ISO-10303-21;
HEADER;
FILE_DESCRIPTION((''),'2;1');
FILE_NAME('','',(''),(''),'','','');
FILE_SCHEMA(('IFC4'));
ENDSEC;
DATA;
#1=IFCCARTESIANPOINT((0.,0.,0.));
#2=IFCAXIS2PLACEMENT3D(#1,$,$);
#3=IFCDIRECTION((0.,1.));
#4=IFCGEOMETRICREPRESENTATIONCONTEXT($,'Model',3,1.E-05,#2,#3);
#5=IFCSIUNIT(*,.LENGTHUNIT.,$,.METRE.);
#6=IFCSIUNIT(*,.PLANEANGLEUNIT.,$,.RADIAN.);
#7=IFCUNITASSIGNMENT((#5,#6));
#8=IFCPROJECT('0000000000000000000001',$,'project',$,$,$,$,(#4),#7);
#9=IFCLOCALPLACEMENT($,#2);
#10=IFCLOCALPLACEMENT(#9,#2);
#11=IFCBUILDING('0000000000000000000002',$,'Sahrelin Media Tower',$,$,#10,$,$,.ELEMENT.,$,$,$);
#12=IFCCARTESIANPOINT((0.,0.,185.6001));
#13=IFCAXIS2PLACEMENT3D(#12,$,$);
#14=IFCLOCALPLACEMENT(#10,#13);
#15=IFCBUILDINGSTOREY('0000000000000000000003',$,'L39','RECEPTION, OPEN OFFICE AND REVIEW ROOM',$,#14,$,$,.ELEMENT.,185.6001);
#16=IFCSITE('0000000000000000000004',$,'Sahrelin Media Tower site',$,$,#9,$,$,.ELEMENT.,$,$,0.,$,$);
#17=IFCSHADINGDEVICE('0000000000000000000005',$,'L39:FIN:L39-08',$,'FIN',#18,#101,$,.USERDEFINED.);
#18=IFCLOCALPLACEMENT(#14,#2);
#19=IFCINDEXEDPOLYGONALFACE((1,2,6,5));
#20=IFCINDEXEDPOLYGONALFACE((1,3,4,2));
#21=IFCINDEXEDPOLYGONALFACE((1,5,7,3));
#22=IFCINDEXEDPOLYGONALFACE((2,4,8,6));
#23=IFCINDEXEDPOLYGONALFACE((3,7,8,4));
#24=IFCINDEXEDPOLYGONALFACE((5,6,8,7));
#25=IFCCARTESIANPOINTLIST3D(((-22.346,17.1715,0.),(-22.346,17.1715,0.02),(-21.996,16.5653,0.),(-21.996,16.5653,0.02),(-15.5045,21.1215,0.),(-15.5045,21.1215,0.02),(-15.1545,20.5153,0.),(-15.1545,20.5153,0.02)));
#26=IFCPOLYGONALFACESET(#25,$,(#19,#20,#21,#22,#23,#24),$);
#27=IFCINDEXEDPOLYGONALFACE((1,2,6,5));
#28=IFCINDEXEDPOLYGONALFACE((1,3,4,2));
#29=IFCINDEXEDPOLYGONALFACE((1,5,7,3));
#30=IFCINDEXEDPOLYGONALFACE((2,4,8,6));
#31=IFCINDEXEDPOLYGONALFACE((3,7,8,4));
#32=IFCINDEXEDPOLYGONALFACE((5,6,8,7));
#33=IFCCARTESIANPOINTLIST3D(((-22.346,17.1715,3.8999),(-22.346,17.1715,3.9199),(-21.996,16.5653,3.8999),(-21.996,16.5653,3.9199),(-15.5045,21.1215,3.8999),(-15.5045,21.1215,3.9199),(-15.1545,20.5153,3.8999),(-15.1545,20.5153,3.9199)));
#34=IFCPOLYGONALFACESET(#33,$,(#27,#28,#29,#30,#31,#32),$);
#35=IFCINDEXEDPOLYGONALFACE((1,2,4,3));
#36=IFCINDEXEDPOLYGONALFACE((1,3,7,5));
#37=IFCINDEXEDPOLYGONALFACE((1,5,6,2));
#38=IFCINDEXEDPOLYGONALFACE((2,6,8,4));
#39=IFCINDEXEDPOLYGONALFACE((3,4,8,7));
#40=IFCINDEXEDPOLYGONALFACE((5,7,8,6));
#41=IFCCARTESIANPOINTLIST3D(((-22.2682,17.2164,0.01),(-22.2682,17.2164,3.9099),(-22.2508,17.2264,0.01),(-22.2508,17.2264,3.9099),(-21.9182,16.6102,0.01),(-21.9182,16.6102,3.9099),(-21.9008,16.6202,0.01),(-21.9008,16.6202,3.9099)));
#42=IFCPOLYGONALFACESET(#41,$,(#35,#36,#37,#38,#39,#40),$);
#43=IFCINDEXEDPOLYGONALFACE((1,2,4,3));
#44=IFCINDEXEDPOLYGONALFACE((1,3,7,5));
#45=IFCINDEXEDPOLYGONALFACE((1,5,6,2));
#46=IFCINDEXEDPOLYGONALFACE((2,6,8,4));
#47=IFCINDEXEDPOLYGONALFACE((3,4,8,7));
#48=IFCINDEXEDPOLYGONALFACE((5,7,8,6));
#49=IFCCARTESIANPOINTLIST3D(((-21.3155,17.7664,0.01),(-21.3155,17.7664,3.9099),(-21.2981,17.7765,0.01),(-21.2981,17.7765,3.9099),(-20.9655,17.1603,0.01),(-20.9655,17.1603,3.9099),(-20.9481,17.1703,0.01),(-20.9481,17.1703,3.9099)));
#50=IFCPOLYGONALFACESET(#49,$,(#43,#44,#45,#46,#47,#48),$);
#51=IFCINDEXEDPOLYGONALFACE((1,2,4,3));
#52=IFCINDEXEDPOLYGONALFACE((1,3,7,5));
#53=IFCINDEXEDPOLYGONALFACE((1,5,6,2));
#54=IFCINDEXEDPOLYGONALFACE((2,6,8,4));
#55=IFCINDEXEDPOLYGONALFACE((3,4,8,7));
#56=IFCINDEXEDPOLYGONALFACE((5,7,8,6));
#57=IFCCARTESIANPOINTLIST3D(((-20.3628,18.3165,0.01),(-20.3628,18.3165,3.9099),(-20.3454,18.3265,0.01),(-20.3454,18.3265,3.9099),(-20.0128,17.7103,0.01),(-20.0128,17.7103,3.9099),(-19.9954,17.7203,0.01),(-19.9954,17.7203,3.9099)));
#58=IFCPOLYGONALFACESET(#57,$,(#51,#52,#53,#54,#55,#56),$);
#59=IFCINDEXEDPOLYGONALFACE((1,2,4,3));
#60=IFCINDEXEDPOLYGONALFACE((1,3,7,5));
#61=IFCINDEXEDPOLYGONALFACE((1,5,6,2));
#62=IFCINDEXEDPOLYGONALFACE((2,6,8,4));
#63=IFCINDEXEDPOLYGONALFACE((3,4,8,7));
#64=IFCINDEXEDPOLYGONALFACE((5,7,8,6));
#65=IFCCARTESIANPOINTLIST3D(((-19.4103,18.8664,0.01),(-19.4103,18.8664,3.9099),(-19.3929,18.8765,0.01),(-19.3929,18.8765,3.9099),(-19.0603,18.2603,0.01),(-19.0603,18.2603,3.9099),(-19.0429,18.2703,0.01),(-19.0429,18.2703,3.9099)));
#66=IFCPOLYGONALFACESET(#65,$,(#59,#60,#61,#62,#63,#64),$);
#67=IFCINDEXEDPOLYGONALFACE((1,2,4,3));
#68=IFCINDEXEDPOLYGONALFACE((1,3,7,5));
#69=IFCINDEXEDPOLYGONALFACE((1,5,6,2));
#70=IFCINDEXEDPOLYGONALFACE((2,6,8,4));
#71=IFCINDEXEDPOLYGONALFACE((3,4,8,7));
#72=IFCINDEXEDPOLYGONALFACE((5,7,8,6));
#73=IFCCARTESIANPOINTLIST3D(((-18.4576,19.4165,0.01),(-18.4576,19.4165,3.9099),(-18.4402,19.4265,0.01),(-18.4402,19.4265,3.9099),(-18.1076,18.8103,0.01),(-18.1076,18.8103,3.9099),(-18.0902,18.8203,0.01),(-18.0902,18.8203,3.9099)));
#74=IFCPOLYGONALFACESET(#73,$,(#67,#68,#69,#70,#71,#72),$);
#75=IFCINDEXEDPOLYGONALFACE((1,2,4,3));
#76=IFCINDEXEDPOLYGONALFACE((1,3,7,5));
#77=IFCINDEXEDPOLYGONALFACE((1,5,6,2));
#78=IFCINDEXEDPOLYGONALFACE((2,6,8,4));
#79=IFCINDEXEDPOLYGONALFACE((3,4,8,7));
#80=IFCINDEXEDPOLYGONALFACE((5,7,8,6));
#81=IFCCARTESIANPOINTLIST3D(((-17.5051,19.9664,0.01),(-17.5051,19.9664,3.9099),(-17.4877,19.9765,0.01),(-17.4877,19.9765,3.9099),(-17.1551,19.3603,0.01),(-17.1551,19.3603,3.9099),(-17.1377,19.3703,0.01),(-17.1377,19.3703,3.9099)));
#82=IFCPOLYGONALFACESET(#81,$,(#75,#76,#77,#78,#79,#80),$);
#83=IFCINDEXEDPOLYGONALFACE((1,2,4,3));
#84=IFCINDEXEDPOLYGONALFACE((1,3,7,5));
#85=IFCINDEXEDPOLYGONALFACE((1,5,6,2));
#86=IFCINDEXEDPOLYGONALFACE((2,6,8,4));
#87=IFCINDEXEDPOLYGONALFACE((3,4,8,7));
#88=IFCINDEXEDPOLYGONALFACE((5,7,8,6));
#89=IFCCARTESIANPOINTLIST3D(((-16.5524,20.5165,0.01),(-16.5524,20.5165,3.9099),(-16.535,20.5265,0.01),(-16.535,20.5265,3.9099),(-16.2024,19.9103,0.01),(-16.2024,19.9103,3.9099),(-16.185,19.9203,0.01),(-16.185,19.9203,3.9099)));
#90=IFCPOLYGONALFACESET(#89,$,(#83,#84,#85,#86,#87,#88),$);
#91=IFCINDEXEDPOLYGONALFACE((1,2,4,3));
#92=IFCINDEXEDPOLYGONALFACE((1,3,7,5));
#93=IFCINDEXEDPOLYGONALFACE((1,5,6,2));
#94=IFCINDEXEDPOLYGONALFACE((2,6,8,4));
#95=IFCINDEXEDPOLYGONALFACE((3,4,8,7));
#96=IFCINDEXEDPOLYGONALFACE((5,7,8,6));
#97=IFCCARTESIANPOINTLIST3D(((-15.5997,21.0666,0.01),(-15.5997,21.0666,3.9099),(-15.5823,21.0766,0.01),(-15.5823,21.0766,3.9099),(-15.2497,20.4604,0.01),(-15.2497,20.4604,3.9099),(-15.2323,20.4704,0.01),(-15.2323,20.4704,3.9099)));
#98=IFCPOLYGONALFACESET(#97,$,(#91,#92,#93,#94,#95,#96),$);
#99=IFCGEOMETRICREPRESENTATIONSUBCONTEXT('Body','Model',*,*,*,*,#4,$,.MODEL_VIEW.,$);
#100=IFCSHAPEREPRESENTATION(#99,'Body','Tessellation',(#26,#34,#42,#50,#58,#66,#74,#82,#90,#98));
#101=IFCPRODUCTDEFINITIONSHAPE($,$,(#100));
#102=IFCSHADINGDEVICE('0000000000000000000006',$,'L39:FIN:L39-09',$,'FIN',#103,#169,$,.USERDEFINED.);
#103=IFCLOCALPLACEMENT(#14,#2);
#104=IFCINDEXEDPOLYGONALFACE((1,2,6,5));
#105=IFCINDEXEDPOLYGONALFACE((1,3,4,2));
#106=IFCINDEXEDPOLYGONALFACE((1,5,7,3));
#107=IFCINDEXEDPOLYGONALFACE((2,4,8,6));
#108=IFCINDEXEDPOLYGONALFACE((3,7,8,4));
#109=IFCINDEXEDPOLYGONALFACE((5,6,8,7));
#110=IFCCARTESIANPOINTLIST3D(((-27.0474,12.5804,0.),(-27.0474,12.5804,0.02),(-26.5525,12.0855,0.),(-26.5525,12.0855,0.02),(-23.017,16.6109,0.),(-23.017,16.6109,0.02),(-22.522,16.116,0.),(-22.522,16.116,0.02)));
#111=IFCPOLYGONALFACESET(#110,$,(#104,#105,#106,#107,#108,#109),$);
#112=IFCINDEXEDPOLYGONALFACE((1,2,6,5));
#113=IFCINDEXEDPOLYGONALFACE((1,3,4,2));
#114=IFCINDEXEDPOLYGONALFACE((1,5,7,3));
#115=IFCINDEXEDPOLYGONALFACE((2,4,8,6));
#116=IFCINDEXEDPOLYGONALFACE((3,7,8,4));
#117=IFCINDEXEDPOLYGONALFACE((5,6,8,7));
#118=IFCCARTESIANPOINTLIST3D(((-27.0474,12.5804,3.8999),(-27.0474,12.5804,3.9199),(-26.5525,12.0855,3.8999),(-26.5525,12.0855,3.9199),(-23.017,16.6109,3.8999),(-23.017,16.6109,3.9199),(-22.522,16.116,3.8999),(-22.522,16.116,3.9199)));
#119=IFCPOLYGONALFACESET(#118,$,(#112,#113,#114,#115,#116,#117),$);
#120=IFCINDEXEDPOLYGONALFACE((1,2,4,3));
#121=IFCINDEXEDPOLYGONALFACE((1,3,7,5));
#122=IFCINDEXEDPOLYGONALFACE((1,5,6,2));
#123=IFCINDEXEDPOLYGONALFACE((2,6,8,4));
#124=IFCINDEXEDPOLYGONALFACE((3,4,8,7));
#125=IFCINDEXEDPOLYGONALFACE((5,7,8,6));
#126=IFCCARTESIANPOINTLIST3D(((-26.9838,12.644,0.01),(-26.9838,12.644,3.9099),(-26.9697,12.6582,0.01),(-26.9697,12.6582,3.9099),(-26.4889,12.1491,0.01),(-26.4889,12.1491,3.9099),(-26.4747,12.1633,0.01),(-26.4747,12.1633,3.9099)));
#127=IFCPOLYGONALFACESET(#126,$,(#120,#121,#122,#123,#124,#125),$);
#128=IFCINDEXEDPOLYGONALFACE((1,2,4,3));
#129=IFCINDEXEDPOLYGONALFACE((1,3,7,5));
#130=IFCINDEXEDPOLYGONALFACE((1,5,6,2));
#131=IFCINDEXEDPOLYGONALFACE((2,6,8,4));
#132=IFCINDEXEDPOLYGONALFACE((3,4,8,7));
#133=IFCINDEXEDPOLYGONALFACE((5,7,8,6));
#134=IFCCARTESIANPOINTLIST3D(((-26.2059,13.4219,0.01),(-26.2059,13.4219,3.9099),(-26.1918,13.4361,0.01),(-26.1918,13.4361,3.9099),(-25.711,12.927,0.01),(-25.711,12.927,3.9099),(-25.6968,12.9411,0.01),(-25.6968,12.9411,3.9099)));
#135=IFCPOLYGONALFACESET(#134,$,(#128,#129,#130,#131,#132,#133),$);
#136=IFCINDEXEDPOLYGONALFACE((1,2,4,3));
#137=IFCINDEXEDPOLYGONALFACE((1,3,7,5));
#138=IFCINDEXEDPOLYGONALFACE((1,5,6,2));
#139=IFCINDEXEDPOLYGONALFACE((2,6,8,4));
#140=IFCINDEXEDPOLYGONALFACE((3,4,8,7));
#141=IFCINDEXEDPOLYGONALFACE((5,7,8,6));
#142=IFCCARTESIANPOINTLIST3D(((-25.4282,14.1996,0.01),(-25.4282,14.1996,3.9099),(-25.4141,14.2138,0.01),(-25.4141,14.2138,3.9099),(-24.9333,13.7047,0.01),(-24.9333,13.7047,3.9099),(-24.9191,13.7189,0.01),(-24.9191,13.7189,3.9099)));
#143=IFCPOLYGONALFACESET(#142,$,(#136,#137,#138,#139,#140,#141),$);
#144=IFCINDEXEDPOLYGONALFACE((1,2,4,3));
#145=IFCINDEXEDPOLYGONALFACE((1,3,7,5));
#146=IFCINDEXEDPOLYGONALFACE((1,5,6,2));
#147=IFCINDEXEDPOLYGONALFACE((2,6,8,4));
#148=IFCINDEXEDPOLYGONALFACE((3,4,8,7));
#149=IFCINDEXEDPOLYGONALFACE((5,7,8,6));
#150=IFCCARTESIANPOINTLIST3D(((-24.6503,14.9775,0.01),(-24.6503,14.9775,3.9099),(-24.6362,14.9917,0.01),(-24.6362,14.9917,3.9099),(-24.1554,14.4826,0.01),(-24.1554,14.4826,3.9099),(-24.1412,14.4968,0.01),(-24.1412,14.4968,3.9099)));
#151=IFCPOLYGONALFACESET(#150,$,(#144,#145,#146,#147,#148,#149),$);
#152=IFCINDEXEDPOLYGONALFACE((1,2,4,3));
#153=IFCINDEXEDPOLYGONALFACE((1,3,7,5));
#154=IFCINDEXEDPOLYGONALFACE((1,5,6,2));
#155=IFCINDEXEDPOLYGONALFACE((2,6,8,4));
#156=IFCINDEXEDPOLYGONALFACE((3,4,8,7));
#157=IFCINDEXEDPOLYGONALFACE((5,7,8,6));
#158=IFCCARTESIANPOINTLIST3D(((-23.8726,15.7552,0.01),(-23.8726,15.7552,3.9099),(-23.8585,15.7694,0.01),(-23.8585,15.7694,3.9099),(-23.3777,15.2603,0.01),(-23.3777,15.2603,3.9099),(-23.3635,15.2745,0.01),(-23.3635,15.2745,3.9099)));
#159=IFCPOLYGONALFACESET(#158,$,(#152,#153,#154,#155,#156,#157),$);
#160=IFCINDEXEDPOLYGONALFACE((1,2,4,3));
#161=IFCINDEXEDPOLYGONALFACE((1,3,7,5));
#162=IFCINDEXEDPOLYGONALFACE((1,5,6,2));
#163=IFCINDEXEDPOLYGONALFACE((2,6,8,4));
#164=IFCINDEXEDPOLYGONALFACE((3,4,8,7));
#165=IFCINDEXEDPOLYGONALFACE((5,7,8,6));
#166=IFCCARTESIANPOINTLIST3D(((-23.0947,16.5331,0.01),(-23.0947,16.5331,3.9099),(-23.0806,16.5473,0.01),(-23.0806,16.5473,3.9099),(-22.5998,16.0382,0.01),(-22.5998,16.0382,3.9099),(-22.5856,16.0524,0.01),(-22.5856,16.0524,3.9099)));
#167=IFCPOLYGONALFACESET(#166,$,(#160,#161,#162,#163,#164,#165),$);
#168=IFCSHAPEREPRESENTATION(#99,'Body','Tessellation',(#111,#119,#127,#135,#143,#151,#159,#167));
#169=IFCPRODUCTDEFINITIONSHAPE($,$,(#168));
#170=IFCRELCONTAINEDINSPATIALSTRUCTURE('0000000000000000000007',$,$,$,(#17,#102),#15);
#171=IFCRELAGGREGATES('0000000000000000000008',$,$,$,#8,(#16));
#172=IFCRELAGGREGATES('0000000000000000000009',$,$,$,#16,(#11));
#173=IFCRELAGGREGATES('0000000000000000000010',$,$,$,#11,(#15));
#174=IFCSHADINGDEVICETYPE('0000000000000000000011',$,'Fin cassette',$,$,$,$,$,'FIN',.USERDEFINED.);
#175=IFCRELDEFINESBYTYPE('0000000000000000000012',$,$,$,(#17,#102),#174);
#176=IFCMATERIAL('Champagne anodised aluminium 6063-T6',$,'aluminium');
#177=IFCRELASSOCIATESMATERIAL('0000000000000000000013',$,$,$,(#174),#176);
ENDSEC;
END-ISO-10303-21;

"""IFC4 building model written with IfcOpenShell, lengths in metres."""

from ifc_helpers import new_model, si_unit, direction, frame, origin, origin_2d, place, context, subcontext, project, spatial, rectangle, extrude, material, type_object, element, save


model = new_model("IFC4")

# Units and contexts
model_context = context("Model", 3, precision=1e-05, world=origin(), true_north=direction((0.0, 1.0)))
body_context = subcontext(model_context, "Body", "Model", "MODEL_VIEW")
ifc_project = project(units=[si_unit("LENGTHUNIT", "METRE"), si_unit("PLANEANGLEUNIT", "RADIAN")], contexts=[model_context])

# Site, building, storey
site_placement = place(None, origin())
site = spatial("IfcSite", under=ifc_project, at=site_placement, Name="Sahrelin Media Tower site", CompositionType="ELEMENT", RefElevation=0.0)
building_placement = place(site_placement, origin())
building = spatial("IfcBuilding", under=site, at=building_placement, Name="Sahrelin Media Tower", CompositionType="ELEMENT")
storey_placement = place(building_placement, frame((0.0, 0.0, 185.6001)))
storey = spatial("IfcBuildingStorey", under=building, at=storey_placement, Name="L39", Description="RECEPTION, OPEN OFFICE AND REVIEW ROOM", CompositionType="ELEMENT", Elevation=185.6001)

# Shared definitions
ifc_material_1 = material(Name="Champagne anodised aluminium 6063-T6", Category="aluminium")

# Shading devices
shading_device_type_1 = type_object("IfcShadingDeviceType", Name="Fin cassette", ElementType="FIN", PredefinedType="USERDEFINED", material=ifc_material_1)
placement_1 = place(storey_placement, frame((-18.5403, 18.4797, 0.0), z_axis=(0.0, 0.0, 1.0), x_axis=(0.866019, 0.500011, 0.0)))
element("IfcShadingDevice", 1, at=placement_1, inside=storey, type_object=shading_device_type_1, Name="L39:FIN:L39-08", ObjectType="FIN", PredefinedType="USERDEFINED", context=body_context, shape_type="SweptSolid", body=[
    extrude(rectangle(XDim=7.8999, YDim=0.7, at=origin_2d()), frame((0.0, 0.4199, 0.0)), (0.0, 0.0, 1.0), 0.02),
    extrude(rectangle(XDim=7.8999, YDim=0.7, at=origin_2d()), frame((0.0, 0.4199, 3.8999)), (0.0, 0.0, 1.0), 0.02),
    extrude(rectangle(XDim=0.02, YDim=0.7, at=origin_2d()), frame((-3.8501, 0.4199, 0.01), z_axis=(0.0, 0.0, 1.0), x_axis=(1.0, 0.0, 0.0)), (0.0, 0.0, 1.0), 3.8999),
    extrude(rectangle(XDim=0.02, YDim=0.7, at=origin_2d()), frame((-2.75, 0.4199, 0.01), z_axis=(0.0, 0.0, 1.0), x_axis=(1.0, 0.0, 0.0)), (0.0, 0.0, 1.0), 3.8999),
    extrude(rectangle(XDim=0.02, YDim=0.7, at=origin_2d()), frame((-1.6499, 0.4199, 0.01), z_axis=(0.0, 0.0, 1.0), x_axis=(1.0, 0.0, 0.0)), (0.0, 0.0, 1.0), 3.8999),
    extrude(rectangle(XDim=0.02, YDim=0.7, at=origin_2d()), frame((-0.55, 0.4199, 0.01), z_axis=(0.0, 0.0, 1.0), x_axis=(1.0, 0.0, 0.0)), (0.0, 0.0, 1.0), 3.8999),
    extrude(rectangle(XDim=0.02, YDim=0.7, at=origin_2d()), frame((0.55, 0.4199, 0.01), z_axis=(0.0, 0.0, 1.0), x_axis=(1.0, 0.0, 0.0)), (0.0, 0.0, 1.0), 3.8999),
    extrude(rectangle(XDim=0.02, YDim=0.7, at=origin_2d()), frame((1.6499, 0.4199, 0.01), z_axis=(0.0, 0.0, 1.0), x_axis=(1.0, 0.0, 0.0)), (0.0, 0.0, 1.0), 3.8999),
    extrude(rectangle(XDim=0.02, YDim=0.7, at=origin_2d()), frame((2.75, 0.4199, 0.01), z_axis=(0.0, 0.0, 1.0), x_axis=(1.0, 0.0, 0.0)), (0.0, 0.0, 1.0), 3.8999),
    extrude(rectangle(XDim=0.02, YDim=0.7, at=origin_2d()), frame((3.8501, 0.4199, 0.01), z_axis=(0.0, 0.0, 1.0), x_axis=(1.0, 0.0, 0.0)), (0.0, 0.0, 1.0), 3.8999),
])
placement_2 = place(storey_placement, frame((-24.4878, 14.0513, 0.0), z_axis=(0.0, 0.0, 1.0), x_axis=(0.707107, 0.707107, 0.0)))
element("IfcShadingDevice", 2, at=placement_2, inside=storey, type_object=shading_device_type_1, Name="L39:FIN:L39-09", ObjectType="FIN", PredefinedType="USERDEFINED", context=body_context, shape_type="SweptSolid", body=[
    extrude(rectangle(XDim=5.7, YDim=0.7, at=origin_2d()), frame((0.0, 0.4199, 0.0)), (0.0, 0.0, 1.0), 0.02),
    extrude(rectangle(XDim=5.7, YDim=0.7, at=origin_2d()), frame((0.0, 0.4199, 3.8999)), (0.0, 0.0, 1.0), 0.02),
    extrude(rectangle(XDim=0.02, YDim=0.7, at=origin_2d()), frame((-2.75, 0.4199, 0.01), z_axis=(0.0, 0.0, 1.0), x_axis=(1.0, 0.0, 0.0)), (0.0, 0.0, 1.0), 3.8999),
    extrude(rectangle(XDim=0.02, YDim=0.7, at=origin_2d()), frame((-1.6499, 0.4199, 0.01), z_axis=(0.0, 0.0, 1.0), x_axis=(1.0, 0.0, 0.0)), (0.0, 0.0, 1.0), 3.8999),
    extrude(rectangle(XDim=0.02, YDim=0.7, at=origin_2d()), frame((-0.55, 0.4199, 0.01), z_axis=(0.0, 0.0, 1.0), x_axis=(1.0, 0.0, 0.0)), (0.0, 0.0, 1.0), 3.8999),
    extrude(rectangle(XDim=0.02, YDim=0.7, at=origin_2d()), frame((0.55, 0.4199, 0.01), z_axis=(0.0, 0.0, 1.0), x_axis=(1.0, 0.0, 0.0)), (0.0, 0.0, 1.0), 3.8999),
    extrude(rectangle(XDim=0.02, YDim=0.7, at=origin_2d()), frame((1.6499, 0.4199, 0.01), z_axis=(0.0, 0.0, 1.0), x_axis=(1.0, 0.0, 0.0)), (0.0, 0.0, 1.0), 3.8999),
    extrude(rectangle(XDim=0.02, YDim=0.7, at=origin_2d()), frame((2.75, 0.4199, 0.01), z_axis=(0.0, 0.0, 1.0), x_axis=(1.0, 0.0, 0.0)), (0.0, 0.0, 1.0), 3.8999),
])

save(model, "model.ifc")
